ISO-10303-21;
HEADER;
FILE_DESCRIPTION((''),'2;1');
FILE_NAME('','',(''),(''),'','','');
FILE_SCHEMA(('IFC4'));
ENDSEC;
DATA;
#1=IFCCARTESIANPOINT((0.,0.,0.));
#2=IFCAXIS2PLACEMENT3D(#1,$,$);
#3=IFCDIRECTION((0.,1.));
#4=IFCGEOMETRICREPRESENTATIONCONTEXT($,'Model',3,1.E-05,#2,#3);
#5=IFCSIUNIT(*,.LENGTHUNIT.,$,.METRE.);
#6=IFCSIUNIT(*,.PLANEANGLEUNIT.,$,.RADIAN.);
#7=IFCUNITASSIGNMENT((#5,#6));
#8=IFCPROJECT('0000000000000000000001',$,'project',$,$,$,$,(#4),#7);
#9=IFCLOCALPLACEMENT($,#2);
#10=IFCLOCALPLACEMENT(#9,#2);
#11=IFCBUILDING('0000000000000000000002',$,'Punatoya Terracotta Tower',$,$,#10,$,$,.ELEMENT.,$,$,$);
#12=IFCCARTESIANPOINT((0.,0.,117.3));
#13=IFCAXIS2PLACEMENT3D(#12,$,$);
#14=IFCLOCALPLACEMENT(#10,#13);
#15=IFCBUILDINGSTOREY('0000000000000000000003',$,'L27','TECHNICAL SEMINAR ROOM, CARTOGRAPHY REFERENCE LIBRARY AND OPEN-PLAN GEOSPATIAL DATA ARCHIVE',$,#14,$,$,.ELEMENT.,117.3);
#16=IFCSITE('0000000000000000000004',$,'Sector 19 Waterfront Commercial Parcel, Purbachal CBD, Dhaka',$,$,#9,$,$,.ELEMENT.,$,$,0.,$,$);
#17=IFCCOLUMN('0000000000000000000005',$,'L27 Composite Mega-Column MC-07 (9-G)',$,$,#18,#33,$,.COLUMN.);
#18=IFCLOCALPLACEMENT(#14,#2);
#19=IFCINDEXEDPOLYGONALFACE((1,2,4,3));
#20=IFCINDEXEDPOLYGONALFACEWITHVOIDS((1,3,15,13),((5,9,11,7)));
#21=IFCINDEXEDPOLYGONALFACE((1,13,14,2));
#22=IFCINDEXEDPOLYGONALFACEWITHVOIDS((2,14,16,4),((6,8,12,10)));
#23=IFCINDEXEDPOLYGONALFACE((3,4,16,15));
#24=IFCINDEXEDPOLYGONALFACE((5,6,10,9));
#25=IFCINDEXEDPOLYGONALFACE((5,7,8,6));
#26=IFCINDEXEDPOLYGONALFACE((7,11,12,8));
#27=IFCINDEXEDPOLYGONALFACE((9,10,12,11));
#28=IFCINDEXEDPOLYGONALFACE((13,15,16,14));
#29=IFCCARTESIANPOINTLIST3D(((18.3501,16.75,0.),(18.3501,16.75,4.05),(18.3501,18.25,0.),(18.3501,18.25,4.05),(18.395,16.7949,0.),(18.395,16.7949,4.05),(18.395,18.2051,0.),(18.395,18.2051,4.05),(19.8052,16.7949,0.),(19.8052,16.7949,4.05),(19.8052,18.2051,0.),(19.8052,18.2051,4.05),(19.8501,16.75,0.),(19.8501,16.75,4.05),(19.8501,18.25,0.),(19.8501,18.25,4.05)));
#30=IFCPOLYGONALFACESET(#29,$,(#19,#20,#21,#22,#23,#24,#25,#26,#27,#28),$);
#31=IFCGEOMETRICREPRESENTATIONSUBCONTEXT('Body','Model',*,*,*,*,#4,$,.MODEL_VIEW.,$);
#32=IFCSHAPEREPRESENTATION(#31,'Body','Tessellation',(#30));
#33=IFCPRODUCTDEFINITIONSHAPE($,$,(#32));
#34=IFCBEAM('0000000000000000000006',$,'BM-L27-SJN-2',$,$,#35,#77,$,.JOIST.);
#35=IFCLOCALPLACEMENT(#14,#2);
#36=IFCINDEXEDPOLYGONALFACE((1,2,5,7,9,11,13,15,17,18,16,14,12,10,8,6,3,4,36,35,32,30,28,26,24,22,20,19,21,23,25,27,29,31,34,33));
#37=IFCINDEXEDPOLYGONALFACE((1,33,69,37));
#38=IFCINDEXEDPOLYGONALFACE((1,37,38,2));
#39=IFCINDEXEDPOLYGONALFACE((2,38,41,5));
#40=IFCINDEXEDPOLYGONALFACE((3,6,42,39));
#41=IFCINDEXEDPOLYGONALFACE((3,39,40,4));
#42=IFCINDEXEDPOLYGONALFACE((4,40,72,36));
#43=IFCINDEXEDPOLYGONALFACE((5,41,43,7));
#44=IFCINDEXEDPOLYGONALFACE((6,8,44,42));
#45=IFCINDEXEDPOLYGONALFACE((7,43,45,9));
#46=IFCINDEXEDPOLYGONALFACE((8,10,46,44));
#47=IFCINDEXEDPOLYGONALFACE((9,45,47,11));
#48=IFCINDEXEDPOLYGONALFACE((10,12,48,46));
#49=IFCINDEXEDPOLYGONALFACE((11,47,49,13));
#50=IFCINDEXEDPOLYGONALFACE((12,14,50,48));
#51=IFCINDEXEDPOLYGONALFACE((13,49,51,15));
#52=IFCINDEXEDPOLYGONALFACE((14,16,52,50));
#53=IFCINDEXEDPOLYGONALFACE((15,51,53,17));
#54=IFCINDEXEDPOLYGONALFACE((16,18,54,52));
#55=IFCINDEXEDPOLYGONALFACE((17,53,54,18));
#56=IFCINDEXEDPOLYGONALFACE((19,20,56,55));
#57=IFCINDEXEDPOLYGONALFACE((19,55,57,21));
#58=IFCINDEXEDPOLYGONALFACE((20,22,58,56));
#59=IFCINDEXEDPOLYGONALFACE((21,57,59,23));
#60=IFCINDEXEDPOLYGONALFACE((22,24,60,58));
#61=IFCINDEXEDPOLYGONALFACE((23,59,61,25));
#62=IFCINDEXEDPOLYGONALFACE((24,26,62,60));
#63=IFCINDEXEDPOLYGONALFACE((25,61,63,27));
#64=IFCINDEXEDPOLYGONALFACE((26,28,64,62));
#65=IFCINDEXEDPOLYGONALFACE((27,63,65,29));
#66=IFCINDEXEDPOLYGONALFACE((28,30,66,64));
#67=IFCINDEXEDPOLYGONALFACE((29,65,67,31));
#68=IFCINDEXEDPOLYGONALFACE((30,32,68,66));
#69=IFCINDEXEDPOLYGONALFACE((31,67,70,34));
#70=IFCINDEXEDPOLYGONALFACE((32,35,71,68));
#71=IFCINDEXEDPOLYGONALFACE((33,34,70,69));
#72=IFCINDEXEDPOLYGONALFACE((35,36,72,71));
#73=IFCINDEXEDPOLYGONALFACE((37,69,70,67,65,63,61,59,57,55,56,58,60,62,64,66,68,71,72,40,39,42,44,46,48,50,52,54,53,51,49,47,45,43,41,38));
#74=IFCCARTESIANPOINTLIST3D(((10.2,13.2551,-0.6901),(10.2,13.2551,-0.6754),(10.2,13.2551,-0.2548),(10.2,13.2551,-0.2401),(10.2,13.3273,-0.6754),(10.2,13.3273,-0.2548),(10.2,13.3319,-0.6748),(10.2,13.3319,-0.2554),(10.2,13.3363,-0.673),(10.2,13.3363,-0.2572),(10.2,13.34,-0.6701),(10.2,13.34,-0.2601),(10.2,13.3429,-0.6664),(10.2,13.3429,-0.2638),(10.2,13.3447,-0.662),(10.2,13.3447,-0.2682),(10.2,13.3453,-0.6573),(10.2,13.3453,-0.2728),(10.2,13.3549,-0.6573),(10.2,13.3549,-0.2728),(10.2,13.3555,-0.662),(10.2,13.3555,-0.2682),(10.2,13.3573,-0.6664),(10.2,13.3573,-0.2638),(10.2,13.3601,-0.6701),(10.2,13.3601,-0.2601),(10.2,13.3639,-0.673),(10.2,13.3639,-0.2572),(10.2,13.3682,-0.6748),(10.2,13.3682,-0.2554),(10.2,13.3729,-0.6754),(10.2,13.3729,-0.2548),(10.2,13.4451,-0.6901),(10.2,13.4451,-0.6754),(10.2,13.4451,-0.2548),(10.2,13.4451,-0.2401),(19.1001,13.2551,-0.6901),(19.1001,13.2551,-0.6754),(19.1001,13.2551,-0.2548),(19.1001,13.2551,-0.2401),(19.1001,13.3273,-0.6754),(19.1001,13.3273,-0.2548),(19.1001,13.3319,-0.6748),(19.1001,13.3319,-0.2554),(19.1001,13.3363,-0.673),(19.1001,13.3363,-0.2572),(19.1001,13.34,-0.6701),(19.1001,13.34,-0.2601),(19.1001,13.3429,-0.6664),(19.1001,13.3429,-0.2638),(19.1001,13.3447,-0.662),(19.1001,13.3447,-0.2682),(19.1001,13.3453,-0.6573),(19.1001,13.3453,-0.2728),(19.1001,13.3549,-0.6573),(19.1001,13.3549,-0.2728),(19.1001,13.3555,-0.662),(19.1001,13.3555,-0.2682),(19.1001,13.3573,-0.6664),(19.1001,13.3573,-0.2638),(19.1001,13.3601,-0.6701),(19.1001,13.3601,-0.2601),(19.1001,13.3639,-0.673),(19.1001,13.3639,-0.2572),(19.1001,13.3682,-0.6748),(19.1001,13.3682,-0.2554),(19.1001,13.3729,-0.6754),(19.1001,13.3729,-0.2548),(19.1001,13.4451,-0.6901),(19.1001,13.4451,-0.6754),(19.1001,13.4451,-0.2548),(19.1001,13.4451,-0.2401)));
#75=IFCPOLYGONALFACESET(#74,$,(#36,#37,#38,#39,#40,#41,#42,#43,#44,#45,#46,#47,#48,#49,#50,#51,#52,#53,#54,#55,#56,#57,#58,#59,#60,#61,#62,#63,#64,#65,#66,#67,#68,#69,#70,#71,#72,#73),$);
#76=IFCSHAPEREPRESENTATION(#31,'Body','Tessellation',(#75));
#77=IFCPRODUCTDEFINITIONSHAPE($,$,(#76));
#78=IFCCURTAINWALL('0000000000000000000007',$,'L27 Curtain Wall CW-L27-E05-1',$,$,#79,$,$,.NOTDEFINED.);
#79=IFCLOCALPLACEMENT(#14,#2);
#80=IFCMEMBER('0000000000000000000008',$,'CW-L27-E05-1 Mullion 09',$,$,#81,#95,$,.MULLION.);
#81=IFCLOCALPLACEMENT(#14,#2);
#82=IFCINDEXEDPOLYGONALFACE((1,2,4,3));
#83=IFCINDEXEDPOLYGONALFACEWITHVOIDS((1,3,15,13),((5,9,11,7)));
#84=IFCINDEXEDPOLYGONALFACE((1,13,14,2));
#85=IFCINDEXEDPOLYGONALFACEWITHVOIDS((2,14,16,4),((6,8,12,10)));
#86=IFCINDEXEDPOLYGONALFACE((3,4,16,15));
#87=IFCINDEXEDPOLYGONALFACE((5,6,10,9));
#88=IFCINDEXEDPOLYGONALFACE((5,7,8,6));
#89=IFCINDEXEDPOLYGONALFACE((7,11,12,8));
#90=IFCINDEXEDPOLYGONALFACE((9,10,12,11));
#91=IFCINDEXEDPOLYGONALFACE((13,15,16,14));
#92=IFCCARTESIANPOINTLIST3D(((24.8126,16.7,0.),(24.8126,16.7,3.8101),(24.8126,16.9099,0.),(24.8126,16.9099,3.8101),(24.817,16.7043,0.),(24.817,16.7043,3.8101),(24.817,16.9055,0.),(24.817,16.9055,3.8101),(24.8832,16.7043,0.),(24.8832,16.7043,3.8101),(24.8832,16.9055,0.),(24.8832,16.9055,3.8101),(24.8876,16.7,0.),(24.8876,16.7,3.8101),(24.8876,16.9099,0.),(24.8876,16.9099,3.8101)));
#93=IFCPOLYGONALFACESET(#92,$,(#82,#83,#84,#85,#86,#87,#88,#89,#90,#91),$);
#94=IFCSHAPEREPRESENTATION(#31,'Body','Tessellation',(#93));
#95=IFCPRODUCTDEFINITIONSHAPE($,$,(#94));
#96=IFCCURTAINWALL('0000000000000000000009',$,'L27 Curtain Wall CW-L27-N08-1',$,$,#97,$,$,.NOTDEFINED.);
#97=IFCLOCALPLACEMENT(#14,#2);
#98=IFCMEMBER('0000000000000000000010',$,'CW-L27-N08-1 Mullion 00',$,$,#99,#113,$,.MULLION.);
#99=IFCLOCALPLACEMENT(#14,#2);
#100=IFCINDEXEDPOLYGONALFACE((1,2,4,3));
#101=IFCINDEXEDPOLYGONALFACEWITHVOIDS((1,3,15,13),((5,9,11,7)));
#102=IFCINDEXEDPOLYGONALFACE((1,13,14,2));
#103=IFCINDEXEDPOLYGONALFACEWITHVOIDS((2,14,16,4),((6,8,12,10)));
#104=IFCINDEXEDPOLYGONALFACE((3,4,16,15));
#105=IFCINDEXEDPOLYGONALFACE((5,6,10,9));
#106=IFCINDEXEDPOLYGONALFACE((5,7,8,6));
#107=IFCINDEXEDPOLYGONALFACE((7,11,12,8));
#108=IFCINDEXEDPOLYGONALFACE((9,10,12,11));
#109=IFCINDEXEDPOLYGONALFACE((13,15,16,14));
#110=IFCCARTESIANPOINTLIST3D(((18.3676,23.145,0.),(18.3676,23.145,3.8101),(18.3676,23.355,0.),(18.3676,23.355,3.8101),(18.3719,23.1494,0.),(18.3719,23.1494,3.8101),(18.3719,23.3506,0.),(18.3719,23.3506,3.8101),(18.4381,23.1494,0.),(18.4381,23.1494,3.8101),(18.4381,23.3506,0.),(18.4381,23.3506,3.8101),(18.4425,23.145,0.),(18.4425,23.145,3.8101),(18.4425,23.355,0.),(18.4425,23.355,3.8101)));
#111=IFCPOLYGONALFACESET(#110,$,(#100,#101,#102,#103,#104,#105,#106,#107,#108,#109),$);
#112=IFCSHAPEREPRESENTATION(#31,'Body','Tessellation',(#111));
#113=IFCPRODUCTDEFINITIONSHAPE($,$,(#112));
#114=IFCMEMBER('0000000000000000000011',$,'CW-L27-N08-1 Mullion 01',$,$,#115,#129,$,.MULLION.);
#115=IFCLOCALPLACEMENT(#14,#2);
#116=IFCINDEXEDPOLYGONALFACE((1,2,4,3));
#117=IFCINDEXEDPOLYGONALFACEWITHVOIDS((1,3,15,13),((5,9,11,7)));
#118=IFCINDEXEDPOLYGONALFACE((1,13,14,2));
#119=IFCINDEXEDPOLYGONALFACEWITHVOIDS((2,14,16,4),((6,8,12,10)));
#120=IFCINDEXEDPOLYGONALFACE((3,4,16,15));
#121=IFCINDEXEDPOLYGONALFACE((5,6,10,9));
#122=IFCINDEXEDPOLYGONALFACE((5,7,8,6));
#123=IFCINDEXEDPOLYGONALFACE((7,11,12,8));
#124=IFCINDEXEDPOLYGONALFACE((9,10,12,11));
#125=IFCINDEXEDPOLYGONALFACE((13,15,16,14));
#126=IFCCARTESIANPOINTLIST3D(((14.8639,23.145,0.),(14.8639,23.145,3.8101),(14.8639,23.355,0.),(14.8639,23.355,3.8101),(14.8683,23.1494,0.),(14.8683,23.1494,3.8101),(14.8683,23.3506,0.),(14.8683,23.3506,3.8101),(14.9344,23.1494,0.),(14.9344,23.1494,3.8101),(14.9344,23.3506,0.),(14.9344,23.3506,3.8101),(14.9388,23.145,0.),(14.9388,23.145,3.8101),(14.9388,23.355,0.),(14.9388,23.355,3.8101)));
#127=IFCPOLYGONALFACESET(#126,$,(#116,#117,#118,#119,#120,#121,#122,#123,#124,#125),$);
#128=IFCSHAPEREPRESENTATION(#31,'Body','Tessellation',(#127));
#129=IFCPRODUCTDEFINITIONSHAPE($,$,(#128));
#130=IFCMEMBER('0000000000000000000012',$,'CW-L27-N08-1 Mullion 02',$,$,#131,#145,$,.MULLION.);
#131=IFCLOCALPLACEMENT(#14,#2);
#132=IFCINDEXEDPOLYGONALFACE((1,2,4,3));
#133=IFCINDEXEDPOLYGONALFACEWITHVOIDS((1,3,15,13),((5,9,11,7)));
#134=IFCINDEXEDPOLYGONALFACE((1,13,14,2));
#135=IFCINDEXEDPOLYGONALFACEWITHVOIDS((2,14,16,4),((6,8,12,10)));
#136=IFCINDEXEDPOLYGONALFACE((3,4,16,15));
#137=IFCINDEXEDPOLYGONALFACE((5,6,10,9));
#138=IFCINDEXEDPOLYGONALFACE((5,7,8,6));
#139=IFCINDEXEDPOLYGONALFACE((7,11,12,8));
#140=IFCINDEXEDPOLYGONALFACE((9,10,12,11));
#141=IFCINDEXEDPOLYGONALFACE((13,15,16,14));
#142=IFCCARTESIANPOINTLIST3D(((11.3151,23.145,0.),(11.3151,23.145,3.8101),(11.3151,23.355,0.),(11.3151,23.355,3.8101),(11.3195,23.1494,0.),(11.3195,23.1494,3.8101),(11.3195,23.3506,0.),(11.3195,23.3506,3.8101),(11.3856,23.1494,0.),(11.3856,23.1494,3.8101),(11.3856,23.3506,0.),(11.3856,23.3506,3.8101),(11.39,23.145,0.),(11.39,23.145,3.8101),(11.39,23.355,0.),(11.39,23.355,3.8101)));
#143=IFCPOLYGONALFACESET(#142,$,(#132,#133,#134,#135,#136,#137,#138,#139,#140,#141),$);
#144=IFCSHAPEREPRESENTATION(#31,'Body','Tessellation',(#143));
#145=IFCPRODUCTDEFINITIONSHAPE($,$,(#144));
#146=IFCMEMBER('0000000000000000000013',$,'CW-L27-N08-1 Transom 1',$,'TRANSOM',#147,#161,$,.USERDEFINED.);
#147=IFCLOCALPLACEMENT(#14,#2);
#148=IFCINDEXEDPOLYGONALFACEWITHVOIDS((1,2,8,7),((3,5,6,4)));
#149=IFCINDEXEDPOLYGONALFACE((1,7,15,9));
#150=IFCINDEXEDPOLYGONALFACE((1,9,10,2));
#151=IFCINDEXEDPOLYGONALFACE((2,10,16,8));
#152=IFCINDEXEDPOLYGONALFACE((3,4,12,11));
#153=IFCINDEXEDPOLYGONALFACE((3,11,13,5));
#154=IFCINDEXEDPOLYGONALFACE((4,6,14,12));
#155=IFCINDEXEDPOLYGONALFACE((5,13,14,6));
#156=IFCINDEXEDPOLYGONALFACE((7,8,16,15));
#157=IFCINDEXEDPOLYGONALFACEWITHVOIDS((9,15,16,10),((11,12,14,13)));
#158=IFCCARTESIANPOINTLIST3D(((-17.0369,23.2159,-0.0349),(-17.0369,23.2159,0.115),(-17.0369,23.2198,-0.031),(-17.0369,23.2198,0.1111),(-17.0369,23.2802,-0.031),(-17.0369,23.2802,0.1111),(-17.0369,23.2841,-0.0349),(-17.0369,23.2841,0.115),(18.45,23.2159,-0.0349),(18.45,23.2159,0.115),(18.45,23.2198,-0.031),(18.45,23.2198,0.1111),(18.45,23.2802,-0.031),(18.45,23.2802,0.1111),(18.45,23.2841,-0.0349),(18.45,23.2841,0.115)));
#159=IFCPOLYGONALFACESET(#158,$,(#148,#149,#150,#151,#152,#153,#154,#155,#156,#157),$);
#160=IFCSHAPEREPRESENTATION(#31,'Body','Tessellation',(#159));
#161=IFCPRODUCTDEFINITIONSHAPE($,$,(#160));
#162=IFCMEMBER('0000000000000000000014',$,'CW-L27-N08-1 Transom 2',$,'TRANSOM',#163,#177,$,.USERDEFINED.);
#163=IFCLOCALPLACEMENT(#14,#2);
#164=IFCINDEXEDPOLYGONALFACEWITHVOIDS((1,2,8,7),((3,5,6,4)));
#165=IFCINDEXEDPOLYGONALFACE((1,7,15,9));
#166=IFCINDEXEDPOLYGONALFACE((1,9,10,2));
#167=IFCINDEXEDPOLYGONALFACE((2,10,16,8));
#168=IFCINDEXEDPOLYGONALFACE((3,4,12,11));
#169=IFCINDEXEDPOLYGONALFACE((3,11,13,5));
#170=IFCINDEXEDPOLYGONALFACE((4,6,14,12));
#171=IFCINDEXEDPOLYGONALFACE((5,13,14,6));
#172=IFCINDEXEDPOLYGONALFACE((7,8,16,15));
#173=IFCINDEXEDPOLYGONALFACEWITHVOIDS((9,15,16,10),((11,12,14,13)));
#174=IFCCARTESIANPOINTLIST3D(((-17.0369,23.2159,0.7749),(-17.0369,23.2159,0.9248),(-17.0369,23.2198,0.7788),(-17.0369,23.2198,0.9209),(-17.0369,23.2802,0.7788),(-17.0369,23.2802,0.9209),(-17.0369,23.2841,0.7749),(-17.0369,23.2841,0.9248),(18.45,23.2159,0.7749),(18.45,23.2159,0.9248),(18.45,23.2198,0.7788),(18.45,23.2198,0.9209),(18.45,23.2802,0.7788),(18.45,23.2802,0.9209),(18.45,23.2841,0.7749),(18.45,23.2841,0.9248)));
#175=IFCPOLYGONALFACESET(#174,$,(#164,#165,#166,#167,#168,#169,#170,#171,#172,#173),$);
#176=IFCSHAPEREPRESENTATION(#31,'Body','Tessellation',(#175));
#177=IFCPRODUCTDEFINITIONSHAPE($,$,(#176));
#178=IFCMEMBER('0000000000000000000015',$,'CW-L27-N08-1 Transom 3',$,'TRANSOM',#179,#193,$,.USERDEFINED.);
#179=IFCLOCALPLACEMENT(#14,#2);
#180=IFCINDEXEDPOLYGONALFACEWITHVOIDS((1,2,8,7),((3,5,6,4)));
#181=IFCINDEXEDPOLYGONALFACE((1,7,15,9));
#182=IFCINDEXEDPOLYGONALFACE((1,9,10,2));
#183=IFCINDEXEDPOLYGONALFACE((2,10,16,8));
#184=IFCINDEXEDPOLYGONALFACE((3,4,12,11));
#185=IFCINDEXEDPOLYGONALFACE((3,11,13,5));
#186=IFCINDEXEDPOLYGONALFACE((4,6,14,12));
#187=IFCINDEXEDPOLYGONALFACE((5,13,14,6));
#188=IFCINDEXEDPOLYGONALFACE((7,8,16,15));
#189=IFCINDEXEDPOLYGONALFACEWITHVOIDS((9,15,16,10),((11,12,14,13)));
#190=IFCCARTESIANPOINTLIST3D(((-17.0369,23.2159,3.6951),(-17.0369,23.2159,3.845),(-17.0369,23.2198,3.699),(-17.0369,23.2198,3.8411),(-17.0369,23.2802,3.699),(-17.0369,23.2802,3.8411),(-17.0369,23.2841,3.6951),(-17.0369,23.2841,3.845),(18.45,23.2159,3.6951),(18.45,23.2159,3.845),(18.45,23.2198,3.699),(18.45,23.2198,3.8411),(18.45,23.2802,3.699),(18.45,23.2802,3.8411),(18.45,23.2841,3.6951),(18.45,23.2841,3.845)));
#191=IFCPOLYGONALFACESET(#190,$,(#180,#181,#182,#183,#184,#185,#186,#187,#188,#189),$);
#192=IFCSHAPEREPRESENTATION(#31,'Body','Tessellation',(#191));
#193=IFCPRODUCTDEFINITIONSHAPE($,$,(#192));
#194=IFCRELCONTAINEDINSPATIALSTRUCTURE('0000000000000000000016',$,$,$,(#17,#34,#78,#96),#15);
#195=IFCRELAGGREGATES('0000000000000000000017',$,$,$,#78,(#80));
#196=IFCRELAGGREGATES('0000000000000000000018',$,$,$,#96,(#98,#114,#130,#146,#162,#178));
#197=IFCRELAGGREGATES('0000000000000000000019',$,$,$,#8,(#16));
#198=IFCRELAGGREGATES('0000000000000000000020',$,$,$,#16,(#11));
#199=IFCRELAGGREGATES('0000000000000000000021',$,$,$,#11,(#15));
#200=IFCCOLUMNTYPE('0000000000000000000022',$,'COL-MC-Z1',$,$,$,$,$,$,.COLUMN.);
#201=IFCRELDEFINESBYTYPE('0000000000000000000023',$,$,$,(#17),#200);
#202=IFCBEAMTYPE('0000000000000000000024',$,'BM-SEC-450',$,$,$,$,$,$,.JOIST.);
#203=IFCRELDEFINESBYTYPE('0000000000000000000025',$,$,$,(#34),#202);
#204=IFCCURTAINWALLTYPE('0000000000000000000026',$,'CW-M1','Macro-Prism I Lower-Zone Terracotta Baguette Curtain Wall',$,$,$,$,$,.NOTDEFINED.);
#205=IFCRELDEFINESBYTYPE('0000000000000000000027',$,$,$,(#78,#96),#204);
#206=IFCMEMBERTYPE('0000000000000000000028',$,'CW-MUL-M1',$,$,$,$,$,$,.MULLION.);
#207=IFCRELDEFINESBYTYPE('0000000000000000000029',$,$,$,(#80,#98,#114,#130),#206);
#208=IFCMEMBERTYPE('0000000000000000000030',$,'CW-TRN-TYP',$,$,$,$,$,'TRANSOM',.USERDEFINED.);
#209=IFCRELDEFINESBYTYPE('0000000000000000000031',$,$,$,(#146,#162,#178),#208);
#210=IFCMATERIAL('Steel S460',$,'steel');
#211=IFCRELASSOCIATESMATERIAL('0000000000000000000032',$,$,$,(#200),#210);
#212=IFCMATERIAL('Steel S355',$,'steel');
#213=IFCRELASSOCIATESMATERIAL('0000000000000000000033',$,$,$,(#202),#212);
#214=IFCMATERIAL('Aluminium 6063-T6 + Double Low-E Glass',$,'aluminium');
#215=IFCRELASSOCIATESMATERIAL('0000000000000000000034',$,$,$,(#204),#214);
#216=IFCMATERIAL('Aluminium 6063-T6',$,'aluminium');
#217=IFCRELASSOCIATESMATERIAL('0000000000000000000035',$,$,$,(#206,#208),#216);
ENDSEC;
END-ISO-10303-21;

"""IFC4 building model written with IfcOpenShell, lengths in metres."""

from ifc_helpers import new_model, si_unit, direction, frame, origin, origin_2d, place, context, subcontext, project, spatial, hollow_rectangle, i_section, extrude, material, material_profile, profile_set, type_object, element, aggregate, save


model = new_model("IFC4")

# Units and contexts
model_context = context("Model", 3, precision=1e-05, world=origin(), true_north=direction((0.0, 1.0)))
body_context = subcontext(model_context, "Body", "Model", "MODEL_VIEW")
ifc_project = project(units=[si_unit("LENGTHUNIT", "METRE"), si_unit("PLANEANGLEUNIT", "RADIAN")], contexts=[model_context])

# Site, building, storey
site_placement = place(None, origin())
site = spatial("IfcSite", under=ifc_project, at=site_placement, Name="Sector 19 Waterfront Commercial Parcel, Purbachal CBD, Dhaka", CompositionType="ELEMENT", RefElevation=0.0)
building_placement = place(site_placement, origin())
building = spatial("IfcBuilding", under=site, at=building_placement, Name="Punatoya Terracotta Tower", CompositionType="ELEMENT")
storey_placement = place(building_placement, frame((0.0, 0.0, 117.3)))
storey = spatial("IfcBuildingStorey", under=building, at=storey_placement, Name="L27", Description="TECHNICAL SEMINAR ROOM, CARTOGRAPHY REFERENCE LIBRARY AND OPEN-PLAN GEOSPATIAL DATA ARCHIVE", CompositionType="ELEMENT", Elevation=117.3)

# Column
ifc_material_1 = material(Name="Steel S460", Category="steel")
ifc_material_profile_1 = material_profile(ifc_material_1, hollow_rectangle(XDim=1.5, YDim=1.5, WallThickness=0.0449, at=origin_2d()))
ifc_profile_set_1 = profile_set([ifc_material_profile_1], Name="Steel S460")
column_type = type_object("IfcColumnType", Name="COL-MC-Z1", PredefinedType="COLUMN", material=ifc_profile_set_1)
column_placement = place(storey_placement, frame((19.1001, 17.5, 0.0), z_axis=(0.0, 0.0, 1.0), x_axis=(1.0, 0.0, 0.0)))
element("IfcColumn", 1, at=column_placement, inside=storey, type_object=column_type, Name="L27 Composite Mega-Column MC-07 (9-G)", PredefinedType="COLUMN", context=body_context, shape_type="SweptSolid", body=[
    extrude(hollow_rectangle(XDim=1.5, YDim=1.5, WallThickness=0.0449, at=origin_2d()), origin(), (0.0, 0.0, 1.0), 4.05),
])

# Beam
ifc_material_2 = material(Name="Steel S355", Category="steel")
ifc_material_profile_2 = material_profile(ifc_material_2, i_section(OverallWidth=0.1899, OverallDepth=0.45, WebThickness=0.0095, FlangeThickness=0.0146, FilletRadius=0.0181, at=origin_2d()))
ifc_profile_set_2 = profile_set([ifc_material_profile_2], Name="Steel S355")
beam_type = type_object("IfcBeamType", Name="BM-SEC-450", PredefinedType="JOIST", material=ifc_profile_set_2)
beam_placement = place(storey_placement, frame((10.2, 13.3501, -0.4651), z_axis=(1.0, 0.0, 0.0), x_axis=(0.0, 1.0, 0.0)))
element("IfcBeam", 2, at=beam_placement, inside=storey, type_object=beam_type, Name="BM-L27-SJN-2", PredefinedType="JOIST", context=body_context, shape_type="SweptSolid", body=[
    extrude(i_section(OverallWidth=0.1899, OverallDepth=0.45, WebThickness=0.0095, FlangeThickness=0.0146, FilletRadius=0.0181, at=origin_2d()), origin(), (0.0, 0.0, 1.0), 8.9001),
])

# Curtain wall, member
ifc_material_3 = material(Name="Aluminium 6063-T6 + Double Low-E Glass", Category="aluminium")
curtain_wall_type = type_object("IfcCurtainWallType", Name="CW-M1", Description="Macro-Prism I Lower-Zone Terracotta Baguette Curtain Wall", PredefinedType="NOTDEFINED", material=ifc_material_3)
curtain_wall_1_placement = place(storey_placement, origin())
curtain_wall_1 = element("IfcCurtainWall", 3, at=curtain_wall_1_placement, inside=storey, type_object=curtain_wall_type, Name="L27 Curtain Wall CW-L27-E05-1", PredefinedType="NOTDEFINED")
ifc_material_4 = material(Name="Aluminium 6063-T6", Category="aluminium")
ifc_material_profile_3 = material_profile(ifc_material_4, hollow_rectangle(XDim=0.075, YDim=0.21, WallThickness=0.0044, at=origin_2d()))
ifc_profile_set_3 = profile_set([ifc_material_profile_3], Name="Aluminium 6063-T6")
member_type_1 = type_object("IfcMemberType", Name="CW-MUL-M1", PredefinedType="MULLION", material=ifc_profile_set_3)
member_1_placement = place(storey_placement, frame((24.8501, 16.8049, 0.0), z_axis=(0.0, 0.0, 1.0), x_axis=(1.0, 0.0, 0.0)))
member_1 = element("IfcMember", 4, at=member_1_placement, type_object=member_type_1, Name="CW-L27-E05-1 Mullion 09", PredefinedType="MULLION", context=body_context, shape_type="SweptSolid", body=[
    extrude(hollow_rectangle(XDim=0.075, YDim=0.21, WallThickness=0.0044, at=origin_2d()), origin(), (0.0, 0.0, 1.0), 3.8101),
])

# Curtain wall, members
curtain_wall_2_placement = place(storey_placement, origin())
curtain_wall_2 = element("IfcCurtainWall", 5, at=curtain_wall_2_placement, inside=storey, type_object=curtain_wall_type, Name="L27 Curtain Wall CW-L27-N08-1", PredefinedType="NOTDEFINED")
member_2_placement = place(storey_placement, frame((18.405, 23.25, 0.0), z_axis=(0.0, 0.0, 1.0), x_axis=(1.0, 0.0, 0.0)))
member_2 = element("IfcMember", 6, at=member_2_placement, type_object=member_type_1, Name="CW-L27-N08-1 Mullion 00", PredefinedType="MULLION", context=body_context, shape_type="SweptSolid", body=[
    extrude(hollow_rectangle(XDim=0.075, YDim=0.21, WallThickness=0.0044, at=origin_2d()), origin(), (0.0, 0.0, 1.0), 3.8101),
])
member_3_placement = place(storey_placement, frame((14.9014, 23.25, 0.0), z_axis=(0.0, 0.0, 1.0), x_axis=(1.0, 0.0, 0.0)))
member_3 = element("IfcMember", 7, at=member_3_placement, type_object=member_type_1, Name="CW-L27-N08-1 Mullion 01", PredefinedType="MULLION", context=body_context, shape_type="SweptSolid", body=[
    extrude(hollow_rectangle(XDim=0.075, YDim=0.21, WallThickness=0.0044, at=origin_2d()), origin(), (0.0, 0.0, 1.0), 3.8101),
])
member_4_placement = place(storey_placement, frame((11.3525, 23.25, 0.0), z_axis=(0.0, 0.0, 1.0), x_axis=(1.0, 0.0, 0.0)))
member_4 = element("IfcMember", 8, at=member_4_placement, type_object=member_type_1, Name="CW-L27-N08-1 Mullion 02", PredefinedType="MULLION", context=body_context, shape_type="SweptSolid", body=[
    extrude(hollow_rectangle(XDim=0.075, YDim=0.21, WallThickness=0.0044, at=origin_2d()), origin(), (0.0, 0.0, 1.0), 3.8101),
])
ifc_material_profile_4 = material_profile(ifc_material_4, hollow_rectangle(XDim=0.0681, YDim=0.1499, WallThickness=0.0039, at=origin_2d()))
ifc_profile_set_4 = profile_set([ifc_material_profile_4], Name="Aluminium 6063-T6")
member_type_2 = type_object("IfcMemberType", Name="CW-TRN-TYP", ElementType="TRANSOM", PredefinedType="USERDEFINED", material=ifc_profile_set_4)
member_5_placement = place(storey_placement, frame((18.45, 23.25, 0.04), z_axis=(-1.0, 0.0, 0.0), x_axis=(0.0, -1.0, 0.0)))
member_5 = element("IfcMember", 9, at=member_5_placement, type_object=member_type_2, Name="CW-L27-N08-1 Transom 1", ObjectType="TRANSOM", PredefinedType="USERDEFINED", context=body_context, shape_type="SweptSolid", body=[
    extrude(hollow_rectangle(XDim=0.0681, YDim=0.1499, WallThickness=0.0039, at=origin_2d()), origin(), (0.0, 0.0, 1.0), 35.4868),
])
member_6_placement = place(storey_placement, frame((18.45, 23.25, 0.8499), z_axis=(-1.0, 0.0, 0.0), x_axis=(0.0, -1.0, 0.0)))
member_6 = element("IfcMember", 10, at=member_6_placement, type_object=member_type_2, Name="CW-L27-N08-1 Transom 2", ObjectType="TRANSOM", PredefinedType="USERDEFINED", context=body_context, shape_type="SweptSolid", body=[
    extrude(hollow_rectangle(XDim=0.0681, YDim=0.1499, WallThickness=0.0039, at=origin_2d()), origin(), (0.0, 0.0, 1.0), 35.4868),
])
member_7_placement = place(storey_placement, frame((18.45, 23.25, 3.77), z_axis=(-1.0, 0.0, 0.0), x_axis=(0.0, -1.0, 0.0)))
member_7 = element("IfcMember", 11, at=member_7_placement, type_object=member_type_2, Name="CW-L27-N08-1 Transom 3", ObjectType="TRANSOM", PredefinedType="USERDEFINED", context=body_context, shape_type="SweptSolid", body=[
    extrude(hollow_rectangle(XDim=0.0681, YDim=0.1499, WallThickness=0.0039, at=origin_2d()), origin(), (0.0, 0.0, 1.0), 35.4868),
])

aggregate(curtain_wall_1, [member_1])
aggregate(curtain_wall_2, [member_2, member_3, member_4, member_5, member_6, member_7])

save(model, "model.ifc")
